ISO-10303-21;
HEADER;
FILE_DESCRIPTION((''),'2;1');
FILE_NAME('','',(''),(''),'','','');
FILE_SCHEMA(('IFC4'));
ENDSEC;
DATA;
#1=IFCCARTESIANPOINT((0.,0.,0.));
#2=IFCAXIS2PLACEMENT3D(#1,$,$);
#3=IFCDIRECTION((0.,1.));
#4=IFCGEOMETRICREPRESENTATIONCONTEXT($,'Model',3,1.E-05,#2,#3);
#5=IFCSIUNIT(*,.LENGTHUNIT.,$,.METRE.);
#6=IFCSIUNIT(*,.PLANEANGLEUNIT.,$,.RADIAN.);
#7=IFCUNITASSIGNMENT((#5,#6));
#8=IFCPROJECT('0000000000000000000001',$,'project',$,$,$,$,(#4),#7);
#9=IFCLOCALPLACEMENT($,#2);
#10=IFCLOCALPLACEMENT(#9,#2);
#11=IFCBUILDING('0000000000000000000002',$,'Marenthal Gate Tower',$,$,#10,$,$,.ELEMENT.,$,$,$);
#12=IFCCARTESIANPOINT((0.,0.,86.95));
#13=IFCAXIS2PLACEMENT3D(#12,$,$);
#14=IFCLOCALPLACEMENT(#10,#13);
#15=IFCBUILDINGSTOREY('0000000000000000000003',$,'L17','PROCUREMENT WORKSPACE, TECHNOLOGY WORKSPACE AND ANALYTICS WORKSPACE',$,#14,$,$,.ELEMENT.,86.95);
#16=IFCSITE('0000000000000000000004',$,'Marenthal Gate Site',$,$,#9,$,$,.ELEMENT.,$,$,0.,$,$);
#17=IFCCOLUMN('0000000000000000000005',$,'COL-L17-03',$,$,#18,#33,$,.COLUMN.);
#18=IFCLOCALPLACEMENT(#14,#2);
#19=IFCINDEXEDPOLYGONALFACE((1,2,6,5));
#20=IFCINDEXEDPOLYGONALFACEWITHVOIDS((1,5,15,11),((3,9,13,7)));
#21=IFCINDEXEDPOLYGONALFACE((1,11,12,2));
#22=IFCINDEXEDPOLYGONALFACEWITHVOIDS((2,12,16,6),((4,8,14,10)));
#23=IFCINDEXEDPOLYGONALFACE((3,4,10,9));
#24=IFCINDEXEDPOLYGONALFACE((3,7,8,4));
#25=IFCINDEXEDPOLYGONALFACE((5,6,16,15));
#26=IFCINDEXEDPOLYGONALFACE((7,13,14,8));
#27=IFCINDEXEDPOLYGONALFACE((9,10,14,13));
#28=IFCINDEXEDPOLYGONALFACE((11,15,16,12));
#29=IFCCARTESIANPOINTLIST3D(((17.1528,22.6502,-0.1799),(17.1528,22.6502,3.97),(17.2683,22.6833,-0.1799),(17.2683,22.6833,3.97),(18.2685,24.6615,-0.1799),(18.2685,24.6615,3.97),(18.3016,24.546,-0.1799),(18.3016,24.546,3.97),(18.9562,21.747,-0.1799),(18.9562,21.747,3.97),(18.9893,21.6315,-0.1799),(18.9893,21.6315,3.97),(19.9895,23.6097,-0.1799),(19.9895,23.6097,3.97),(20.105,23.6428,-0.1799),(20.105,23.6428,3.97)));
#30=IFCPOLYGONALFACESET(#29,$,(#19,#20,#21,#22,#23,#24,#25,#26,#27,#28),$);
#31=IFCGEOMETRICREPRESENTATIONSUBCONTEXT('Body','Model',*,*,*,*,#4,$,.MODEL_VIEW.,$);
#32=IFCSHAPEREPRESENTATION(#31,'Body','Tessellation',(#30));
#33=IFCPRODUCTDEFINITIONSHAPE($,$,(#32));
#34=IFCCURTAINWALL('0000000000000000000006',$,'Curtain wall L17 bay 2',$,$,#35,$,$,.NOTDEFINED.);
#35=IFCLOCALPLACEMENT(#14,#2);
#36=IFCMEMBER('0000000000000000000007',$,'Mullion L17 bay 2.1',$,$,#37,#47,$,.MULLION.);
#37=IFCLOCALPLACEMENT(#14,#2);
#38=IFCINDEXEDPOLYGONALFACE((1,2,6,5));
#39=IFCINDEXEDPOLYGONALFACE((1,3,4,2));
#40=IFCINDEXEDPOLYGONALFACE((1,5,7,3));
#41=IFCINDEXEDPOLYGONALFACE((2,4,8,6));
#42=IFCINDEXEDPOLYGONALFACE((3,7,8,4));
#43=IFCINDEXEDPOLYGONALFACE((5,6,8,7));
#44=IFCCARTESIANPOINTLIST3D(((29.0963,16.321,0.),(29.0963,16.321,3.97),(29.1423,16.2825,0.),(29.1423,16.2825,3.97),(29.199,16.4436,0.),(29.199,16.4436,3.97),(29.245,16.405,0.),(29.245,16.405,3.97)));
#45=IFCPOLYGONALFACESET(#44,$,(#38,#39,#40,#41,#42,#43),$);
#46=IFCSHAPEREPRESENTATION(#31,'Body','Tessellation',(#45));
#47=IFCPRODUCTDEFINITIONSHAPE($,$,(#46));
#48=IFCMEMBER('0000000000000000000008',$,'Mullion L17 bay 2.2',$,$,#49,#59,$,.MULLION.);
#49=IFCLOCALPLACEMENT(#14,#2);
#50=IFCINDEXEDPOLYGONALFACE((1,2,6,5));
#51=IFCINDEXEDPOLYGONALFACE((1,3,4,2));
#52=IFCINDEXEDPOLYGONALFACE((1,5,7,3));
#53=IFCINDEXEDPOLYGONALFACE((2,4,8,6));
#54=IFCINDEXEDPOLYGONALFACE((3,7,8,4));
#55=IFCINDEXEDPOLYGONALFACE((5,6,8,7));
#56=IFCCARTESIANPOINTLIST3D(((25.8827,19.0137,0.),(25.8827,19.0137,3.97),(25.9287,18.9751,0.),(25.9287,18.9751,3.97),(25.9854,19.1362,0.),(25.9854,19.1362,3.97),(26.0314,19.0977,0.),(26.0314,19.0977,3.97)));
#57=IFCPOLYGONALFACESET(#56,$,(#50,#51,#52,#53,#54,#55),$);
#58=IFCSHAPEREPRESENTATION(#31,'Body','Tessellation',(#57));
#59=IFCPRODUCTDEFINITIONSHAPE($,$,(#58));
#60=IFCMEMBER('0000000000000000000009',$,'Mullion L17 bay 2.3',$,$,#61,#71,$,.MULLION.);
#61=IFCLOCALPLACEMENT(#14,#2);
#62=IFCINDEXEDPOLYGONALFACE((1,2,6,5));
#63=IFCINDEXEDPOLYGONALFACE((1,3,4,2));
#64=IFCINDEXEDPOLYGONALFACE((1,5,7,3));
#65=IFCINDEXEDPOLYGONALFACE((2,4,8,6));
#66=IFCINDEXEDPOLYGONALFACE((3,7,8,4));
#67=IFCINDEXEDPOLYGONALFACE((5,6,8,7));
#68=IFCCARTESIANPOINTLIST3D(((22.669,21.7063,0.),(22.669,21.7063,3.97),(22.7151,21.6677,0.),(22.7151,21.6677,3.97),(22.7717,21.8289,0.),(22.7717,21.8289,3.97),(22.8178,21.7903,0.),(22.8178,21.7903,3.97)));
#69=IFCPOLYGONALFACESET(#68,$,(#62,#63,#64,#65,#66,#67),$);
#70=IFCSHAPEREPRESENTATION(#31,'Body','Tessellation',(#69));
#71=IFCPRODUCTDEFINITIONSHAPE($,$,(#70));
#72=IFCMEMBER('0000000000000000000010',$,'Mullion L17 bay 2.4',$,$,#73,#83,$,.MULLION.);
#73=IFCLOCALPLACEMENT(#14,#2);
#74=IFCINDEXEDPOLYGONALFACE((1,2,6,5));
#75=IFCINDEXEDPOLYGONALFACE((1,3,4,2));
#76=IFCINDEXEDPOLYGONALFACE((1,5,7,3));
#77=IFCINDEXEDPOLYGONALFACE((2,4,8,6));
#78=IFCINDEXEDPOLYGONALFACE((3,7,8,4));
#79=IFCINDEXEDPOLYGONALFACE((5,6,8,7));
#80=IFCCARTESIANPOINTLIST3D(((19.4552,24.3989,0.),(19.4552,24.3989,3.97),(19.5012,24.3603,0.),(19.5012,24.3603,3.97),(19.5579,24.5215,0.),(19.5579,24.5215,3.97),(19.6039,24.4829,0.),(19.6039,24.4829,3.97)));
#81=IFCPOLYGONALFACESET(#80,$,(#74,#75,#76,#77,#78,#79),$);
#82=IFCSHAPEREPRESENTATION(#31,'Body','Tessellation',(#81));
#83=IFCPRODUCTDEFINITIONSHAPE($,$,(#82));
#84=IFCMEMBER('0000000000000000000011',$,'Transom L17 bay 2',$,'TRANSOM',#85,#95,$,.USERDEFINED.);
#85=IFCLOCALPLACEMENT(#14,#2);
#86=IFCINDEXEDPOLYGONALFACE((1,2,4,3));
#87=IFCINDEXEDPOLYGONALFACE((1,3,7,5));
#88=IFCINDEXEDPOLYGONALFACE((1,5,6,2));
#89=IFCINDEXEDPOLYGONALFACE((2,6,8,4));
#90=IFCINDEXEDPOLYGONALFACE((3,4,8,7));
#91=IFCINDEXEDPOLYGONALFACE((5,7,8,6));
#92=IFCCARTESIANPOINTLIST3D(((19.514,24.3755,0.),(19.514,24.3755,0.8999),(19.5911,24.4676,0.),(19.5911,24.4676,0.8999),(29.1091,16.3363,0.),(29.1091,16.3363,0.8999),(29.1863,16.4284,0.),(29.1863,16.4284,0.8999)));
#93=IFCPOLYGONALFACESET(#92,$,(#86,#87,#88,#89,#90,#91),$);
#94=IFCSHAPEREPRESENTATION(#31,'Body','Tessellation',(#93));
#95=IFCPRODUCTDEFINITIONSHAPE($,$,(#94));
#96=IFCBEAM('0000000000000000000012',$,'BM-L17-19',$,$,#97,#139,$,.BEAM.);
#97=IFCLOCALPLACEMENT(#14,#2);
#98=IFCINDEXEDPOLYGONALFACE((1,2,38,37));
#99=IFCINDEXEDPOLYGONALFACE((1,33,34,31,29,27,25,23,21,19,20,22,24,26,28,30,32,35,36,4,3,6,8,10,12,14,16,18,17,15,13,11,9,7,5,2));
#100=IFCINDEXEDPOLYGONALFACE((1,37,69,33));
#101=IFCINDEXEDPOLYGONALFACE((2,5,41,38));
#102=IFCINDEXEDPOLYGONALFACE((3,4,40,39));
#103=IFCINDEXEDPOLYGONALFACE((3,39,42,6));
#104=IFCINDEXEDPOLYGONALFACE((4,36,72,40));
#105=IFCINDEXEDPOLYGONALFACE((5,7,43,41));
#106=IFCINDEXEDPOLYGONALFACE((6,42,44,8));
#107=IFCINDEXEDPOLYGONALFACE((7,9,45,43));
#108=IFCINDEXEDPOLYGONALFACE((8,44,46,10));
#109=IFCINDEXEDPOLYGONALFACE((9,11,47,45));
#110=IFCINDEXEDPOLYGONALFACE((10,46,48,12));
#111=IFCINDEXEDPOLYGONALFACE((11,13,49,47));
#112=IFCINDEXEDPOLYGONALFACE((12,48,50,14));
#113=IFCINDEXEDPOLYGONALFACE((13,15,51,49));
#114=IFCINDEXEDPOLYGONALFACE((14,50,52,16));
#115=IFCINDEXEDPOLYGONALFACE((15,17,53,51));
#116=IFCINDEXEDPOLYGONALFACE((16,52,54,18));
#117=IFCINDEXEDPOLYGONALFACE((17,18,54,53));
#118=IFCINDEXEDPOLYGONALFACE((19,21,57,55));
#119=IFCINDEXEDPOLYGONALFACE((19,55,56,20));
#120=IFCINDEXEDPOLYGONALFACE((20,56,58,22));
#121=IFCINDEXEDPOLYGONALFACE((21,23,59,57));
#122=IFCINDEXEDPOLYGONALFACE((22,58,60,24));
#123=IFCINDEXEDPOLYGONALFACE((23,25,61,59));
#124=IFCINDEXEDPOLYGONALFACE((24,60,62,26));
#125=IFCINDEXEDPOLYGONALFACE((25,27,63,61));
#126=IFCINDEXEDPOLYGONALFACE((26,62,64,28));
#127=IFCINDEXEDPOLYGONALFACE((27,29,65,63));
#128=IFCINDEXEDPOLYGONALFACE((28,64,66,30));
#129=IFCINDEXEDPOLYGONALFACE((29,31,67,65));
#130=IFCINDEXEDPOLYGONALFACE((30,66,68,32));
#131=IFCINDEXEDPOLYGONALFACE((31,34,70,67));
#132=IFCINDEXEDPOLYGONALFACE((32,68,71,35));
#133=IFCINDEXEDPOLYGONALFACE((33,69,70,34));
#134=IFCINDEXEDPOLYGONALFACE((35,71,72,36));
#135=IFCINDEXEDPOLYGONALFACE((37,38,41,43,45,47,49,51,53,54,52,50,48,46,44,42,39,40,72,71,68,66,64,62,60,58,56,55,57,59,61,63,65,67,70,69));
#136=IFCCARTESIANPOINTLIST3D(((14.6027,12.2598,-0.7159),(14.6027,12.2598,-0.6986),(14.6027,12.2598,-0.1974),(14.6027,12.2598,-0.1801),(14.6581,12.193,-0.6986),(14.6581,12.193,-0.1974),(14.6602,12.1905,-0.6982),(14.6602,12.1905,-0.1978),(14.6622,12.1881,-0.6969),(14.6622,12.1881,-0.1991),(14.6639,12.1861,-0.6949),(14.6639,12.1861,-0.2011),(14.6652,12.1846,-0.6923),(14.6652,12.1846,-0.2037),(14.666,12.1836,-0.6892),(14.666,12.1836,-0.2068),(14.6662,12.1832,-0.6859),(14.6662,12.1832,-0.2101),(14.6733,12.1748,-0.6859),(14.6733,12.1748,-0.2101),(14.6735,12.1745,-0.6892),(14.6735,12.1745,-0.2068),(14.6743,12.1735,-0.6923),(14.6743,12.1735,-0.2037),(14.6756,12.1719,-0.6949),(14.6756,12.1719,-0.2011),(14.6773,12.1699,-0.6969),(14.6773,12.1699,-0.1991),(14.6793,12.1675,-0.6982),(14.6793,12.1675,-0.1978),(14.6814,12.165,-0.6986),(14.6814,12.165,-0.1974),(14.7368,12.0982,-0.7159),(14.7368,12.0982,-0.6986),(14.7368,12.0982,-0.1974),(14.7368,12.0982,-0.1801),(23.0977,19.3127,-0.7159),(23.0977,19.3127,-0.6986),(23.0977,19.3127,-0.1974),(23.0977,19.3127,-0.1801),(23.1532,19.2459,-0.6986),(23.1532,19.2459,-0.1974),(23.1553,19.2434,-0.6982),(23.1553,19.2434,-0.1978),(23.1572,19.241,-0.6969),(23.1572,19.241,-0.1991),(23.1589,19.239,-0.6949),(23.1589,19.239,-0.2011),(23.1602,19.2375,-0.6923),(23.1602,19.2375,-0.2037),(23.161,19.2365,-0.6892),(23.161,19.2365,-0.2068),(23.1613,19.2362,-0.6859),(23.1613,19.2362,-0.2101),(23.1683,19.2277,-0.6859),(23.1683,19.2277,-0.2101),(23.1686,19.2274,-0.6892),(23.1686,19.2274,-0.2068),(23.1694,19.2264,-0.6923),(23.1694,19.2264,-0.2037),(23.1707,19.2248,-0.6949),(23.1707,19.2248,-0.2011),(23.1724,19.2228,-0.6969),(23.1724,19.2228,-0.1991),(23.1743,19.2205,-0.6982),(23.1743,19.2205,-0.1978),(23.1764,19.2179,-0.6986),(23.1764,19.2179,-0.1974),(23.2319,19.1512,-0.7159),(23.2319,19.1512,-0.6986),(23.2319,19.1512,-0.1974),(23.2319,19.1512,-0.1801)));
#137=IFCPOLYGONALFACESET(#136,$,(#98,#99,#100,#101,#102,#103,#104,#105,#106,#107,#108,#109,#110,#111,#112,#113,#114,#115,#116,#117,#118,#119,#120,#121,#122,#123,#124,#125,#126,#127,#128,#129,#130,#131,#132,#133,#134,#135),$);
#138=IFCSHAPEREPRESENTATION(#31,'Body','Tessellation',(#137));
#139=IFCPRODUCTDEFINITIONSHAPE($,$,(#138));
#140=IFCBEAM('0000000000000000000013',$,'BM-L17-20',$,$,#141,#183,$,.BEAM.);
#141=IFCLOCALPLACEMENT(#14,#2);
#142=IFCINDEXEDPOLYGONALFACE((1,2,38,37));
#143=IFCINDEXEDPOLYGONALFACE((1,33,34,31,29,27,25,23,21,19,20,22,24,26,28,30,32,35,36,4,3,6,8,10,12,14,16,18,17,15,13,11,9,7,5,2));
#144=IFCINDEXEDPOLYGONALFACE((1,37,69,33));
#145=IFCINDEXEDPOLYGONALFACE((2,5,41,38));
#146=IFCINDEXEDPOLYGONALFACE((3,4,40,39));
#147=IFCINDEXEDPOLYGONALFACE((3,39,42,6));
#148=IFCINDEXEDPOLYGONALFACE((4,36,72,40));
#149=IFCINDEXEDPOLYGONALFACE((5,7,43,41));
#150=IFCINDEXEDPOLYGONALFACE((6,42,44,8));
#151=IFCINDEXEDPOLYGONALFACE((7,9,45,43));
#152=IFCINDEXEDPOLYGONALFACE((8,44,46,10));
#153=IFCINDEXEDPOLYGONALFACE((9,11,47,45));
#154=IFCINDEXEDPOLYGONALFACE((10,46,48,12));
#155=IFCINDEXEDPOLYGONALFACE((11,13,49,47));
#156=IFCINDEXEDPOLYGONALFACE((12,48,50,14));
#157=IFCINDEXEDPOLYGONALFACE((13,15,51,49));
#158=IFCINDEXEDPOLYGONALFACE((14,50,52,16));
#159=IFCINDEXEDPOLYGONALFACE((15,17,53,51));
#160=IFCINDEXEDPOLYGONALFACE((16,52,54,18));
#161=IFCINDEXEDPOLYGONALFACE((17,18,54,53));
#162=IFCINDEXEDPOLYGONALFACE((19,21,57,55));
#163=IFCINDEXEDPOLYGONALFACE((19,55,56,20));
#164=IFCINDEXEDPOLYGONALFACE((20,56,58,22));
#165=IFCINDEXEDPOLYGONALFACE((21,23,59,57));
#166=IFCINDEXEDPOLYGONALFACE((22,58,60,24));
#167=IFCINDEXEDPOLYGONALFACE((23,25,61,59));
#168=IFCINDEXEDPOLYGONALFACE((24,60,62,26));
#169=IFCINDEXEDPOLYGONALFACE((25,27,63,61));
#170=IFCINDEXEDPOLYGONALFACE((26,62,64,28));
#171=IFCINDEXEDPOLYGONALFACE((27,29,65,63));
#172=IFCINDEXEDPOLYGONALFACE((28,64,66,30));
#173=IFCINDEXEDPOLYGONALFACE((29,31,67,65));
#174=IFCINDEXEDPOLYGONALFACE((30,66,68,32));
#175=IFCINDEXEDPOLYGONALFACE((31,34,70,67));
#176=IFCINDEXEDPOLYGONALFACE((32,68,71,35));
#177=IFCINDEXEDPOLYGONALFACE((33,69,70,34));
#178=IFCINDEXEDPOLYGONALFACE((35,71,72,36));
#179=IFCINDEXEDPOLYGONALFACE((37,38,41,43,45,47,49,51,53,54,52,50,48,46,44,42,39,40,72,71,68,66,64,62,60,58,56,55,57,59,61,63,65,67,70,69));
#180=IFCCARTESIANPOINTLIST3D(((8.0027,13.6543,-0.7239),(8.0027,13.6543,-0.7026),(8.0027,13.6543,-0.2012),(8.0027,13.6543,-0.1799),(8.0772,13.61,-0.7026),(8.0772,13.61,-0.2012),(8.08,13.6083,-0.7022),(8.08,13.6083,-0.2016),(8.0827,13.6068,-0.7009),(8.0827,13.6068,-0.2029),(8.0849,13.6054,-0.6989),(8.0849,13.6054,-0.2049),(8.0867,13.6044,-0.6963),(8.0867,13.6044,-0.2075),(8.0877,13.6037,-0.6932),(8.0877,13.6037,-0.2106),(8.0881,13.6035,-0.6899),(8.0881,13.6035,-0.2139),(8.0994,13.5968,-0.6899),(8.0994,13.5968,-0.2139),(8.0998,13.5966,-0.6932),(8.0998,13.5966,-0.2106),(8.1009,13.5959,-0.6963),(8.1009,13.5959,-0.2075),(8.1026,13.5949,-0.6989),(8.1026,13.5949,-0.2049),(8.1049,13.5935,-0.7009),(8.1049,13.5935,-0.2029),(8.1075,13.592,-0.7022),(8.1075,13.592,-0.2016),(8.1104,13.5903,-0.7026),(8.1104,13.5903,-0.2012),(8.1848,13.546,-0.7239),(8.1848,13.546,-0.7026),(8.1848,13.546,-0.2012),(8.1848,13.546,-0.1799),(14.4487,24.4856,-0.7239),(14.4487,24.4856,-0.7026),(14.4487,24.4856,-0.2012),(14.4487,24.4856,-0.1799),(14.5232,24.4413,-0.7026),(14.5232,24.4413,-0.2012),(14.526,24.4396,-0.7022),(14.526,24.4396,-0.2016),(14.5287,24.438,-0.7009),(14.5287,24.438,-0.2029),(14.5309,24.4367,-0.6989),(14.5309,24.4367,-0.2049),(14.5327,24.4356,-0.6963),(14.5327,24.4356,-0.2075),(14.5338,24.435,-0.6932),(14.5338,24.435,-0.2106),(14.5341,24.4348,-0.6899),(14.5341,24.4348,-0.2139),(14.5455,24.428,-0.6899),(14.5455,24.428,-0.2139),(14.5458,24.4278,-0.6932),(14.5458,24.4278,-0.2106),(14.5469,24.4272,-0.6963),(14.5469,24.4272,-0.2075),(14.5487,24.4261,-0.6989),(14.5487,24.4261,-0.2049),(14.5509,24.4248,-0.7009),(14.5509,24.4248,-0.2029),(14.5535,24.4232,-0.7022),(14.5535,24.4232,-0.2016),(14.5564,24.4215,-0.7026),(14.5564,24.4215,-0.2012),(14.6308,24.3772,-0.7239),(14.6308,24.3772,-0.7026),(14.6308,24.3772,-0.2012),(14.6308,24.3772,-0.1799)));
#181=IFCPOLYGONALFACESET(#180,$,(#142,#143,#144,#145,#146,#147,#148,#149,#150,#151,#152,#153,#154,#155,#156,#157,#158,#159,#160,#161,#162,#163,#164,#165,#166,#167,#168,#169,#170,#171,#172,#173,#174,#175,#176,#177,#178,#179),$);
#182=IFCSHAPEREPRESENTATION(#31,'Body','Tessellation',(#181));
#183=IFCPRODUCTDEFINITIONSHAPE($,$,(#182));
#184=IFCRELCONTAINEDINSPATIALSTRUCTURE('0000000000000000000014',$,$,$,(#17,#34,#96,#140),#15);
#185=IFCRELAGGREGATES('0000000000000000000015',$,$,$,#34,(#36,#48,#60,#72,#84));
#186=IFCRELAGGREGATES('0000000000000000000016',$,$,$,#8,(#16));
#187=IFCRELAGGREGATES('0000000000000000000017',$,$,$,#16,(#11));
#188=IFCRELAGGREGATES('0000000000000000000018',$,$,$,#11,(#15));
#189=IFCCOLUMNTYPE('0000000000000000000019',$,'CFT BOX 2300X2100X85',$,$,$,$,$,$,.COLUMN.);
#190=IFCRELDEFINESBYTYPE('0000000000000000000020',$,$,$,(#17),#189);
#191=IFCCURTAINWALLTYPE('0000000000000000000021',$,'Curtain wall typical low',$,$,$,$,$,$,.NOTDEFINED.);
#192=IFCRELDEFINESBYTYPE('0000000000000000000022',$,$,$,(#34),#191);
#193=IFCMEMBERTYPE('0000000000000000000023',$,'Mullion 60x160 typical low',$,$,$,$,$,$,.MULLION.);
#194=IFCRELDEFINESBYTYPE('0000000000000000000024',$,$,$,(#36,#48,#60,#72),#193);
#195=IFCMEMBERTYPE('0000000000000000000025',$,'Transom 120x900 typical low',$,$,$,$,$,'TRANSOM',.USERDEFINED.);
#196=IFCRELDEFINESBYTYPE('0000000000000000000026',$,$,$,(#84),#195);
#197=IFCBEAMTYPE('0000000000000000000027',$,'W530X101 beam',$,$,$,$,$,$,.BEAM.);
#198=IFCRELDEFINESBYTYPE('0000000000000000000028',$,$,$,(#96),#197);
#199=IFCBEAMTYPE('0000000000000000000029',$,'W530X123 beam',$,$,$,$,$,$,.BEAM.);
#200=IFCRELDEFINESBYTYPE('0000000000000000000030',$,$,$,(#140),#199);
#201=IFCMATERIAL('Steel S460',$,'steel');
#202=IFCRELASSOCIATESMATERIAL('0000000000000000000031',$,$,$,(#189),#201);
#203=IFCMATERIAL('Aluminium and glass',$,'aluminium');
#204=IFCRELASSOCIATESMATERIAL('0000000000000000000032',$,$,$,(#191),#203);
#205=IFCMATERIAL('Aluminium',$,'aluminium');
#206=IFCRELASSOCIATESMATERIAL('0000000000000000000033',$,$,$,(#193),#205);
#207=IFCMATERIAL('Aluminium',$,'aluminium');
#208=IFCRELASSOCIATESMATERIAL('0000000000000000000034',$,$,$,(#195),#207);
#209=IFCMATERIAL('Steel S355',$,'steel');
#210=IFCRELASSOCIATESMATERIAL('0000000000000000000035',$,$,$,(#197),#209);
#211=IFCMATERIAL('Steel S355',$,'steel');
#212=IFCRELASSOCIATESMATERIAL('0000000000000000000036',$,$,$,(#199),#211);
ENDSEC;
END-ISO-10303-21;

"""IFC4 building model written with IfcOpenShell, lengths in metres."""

from ifc_helpers import new_model, si_unit, direction, frame, origin, origin_2d, place, context, subcontext, project, spatial, rectangle, hollow_rectangle, i_section, extrude, material, material_profile, profile_set, type_object, element, aggregate, save


model = new_model("IFC4")

# Units and contexts
model_context = context("Model", 3, precision=1e-05, world=origin(), true_north=direction((0.0, 1.0)))
body_context = subcontext(model_context, "Body", "Model", "MODEL_VIEW")
ifc_project = project(units=[si_unit("LENGTHUNIT", "METRE"), si_unit("PLANEANGLEUNIT", "RADIAN")], contexts=[model_context])

# Site, building, storey
site_placement = place(None, origin())
site = spatial("IfcSite", under=ifc_project, at=site_placement, Name="Marenthal Gate Site", CompositionType="ELEMENT", RefElevation=0.0)
building_placement = place(site_placement, origin())
building = spatial("IfcBuilding", under=site, at=building_placement, Name="Marenthal Gate Tower", CompositionType="ELEMENT")
storey_placement = place(building_placement, frame((0.0, 0.0, 86.95)))
storey = spatial("IfcBuildingStorey", under=building, at=storey_placement, Name="L17", Description="PROCUREMENT WORKSPACE, TECHNOLOGY WORKSPACE AND ANALYTICS WORKSPACE", CompositionType="ELEMENT", Elevation=86.95)

# Column
ifc_material_1 = material(Name="Steel S460", Category="steel")
ifc_material_profile_1 = material_profile(ifc_material_1, hollow_rectangle(XDim=2.1001, YDim=2.3, WallThickness=0.085, at=origin_2d()), Name="CFT BOX 2300X2100X85")
ifc_material_2 = material(Name="Concrete 70 MPa", Category="concrete")
ifc_material_profile_2 = material_profile(ifc_material_2, rectangle(XDim=1.9299, YDim=2.1299, at=origin_2d()), Name="CFT BOX 2300X2100X85 INFILL")
ifc_profile_set_1 = profile_set([ifc_material_profile_1, ifc_material_profile_2], Name="Steel S460 shell, Concrete 70 MPa infill")
column_type = type_object("IfcColumnType", Name="CFT BOX 2300X2100X85", PredefinedType="COLUMN", material=ifc_profile_set_1)
column_placement = place(storey_placement, frame((18.6289, 23.1465, -0.1799), z_axis=(0.0, 0.0, 1.0), x_axis=(0.874462, -0.485094, 0.0)))
element("IfcColumn", 1, at=column_placement, inside=storey, type_object=column_type, Name="COL-L17-03", PredefinedType="COLUMN", context=body_context, shape_type="SweptSolid", body=[
    extrude(hollow_rectangle(XDim=2.1001, YDim=2.3, WallThickness=0.085, at=origin_2d()), origin(), (0.0, 0.0, 1.0), 4.1499),
])

# Curtain wall, members
ifc_material_3 = material(Name="Aluminium and glass", Category="aluminium")
curtain_wall_type = type_object("IfcCurtainWallType", Name="Curtain wall typical low", PredefinedType="NOTDEFINED", material=ifc_material_3)
curtain_wall_placement = place(storey_placement, origin())
curtain_wall = element("IfcCurtainWall", 2, at=curtain_wall_placement, inside=storey, type_object=curtain_wall_type, Name="Curtain wall L17 bay 2", PredefinedType="NOTDEFINED")
ifc_material_4 = material(Name="Aluminium", Category="aluminium")
ifc_material_profile_3 = material_profile(ifc_material_4, rectangle(XDim=0.1599, YDim=0.0601, at=origin_2d()), Name="60x160 aluminium mullion")
ifc_profile_set_2 = profile_set([ifc_material_profile_3], Name="Aluminium")
member_type_1 = type_object("IfcMemberType", Name="Mullion 60x160 typical low", PredefinedType="MULLION", material=ifc_profile_set_2)
member_1_placement = place(storey_placement, frame((29.1707, 16.363, 0.0), z_axis=(0.0, 0.0, 1.0), x_axis=(-0.642228, -0.766513, 0.0)))
member_1 = element("IfcMember", 3, at=member_1_placement, type_object=member_type_1, Name="Mullion L17 bay 2.1", PredefinedType="MULLION", context=body_context, shape_type="SweptSolid", body=[
    extrude(rectangle(XDim=0.1599, YDim=0.0601, at=origin_2d()), origin(), (0.0, 0.0, 1.0), 3.97),
])
member_2_placement = place(storey_placement, frame((25.957, 19.0557, 0.0), z_axis=(0.0, 0.0, 1.0), x_axis=(-0.642228, -0.766513, 0.0)))
member_2 = element("IfcMember", 4, at=member_2_placement, type_object=member_type_1, Name="Mullion L17 bay 2.2", PredefinedType="MULLION", context=body_context, shape_type="SweptSolid", body=[
    extrude(rectangle(XDim=0.1599, YDim=0.0601, at=origin_2d()), origin(), (0.0, 0.0, 1.0), 3.97),
])
member_3_placement = place(storey_placement, frame((22.7434, 21.7483, 0.0), z_axis=(0.0, 0.0, 1.0), x_axis=(-0.642228, -0.766513, 0.0)))
member_3 = element("IfcMember", 5, at=member_3_placement, type_object=member_type_1, Name="Mullion L17 bay 2.3", PredefinedType="MULLION", context=body_context, shape_type="SweptSolid", body=[
    extrude(rectangle(XDim=0.1599, YDim=0.0601, at=origin_2d()), origin(), (0.0, 0.0, 1.0), 3.97),
])
member_4_placement = place(storey_placement, frame((19.5295, 24.4409, 0.0), z_axis=(0.0, 0.0, 1.0), x_axis=(-0.642228, -0.766513, 0.0)))
member_4 = element("IfcMember", 6, at=member_4_placement, type_object=member_type_1, Name="Mullion L17 bay 2.4", PredefinedType="MULLION", context=body_context, shape_type="SweptSolid", body=[
    extrude(rectangle(XDim=0.1599, YDim=0.0601, at=origin_2d()), origin(), (0.0, 0.0, 1.0), 3.97),
])
ifc_material_5 = material(Name="Aluminium", Category="aluminium")
ifc_material_profile_4 = material_profile(ifc_material_5, rectangle(XDim=0.1201, YDim=0.8999, at=origin_2d()), Name="120x900 aluminium transom")
ifc_profile_set_3 = profile_set([ifc_material_profile_4], Name="Aluminium")
member_type_2 = type_object("IfcMemberType", Name="Transom 120x900 typical low", ElementType="TRANSOM", PredefinedType="USERDEFINED", material=ifc_profile_set_3)
member_5_placement = place(storey_placement, frame((29.1477, 16.3823, 0.45), z_axis=(-0.766518, 0.642223, 0.0), x_axis=(-0.642223, -0.766518, 0.0)))
member_5 = element("IfcMember", 7, at=member_5_placement, type_object=member_type_2, Name="Transom L17 bay 2", ObjectType="TRANSOM", PredefinedType="USERDEFINED", context=body_context, shape_type="SweptSolid", body=[
    extrude(rectangle(XDim=0.1201, YDim=0.8999, at=origin_2d()), origin(), (0.0, 0.0, 1.0), 12.5178),
])

# Beams
ifc_material_6 = material(Name="Steel S355", Category="steel")
ifc_material_profile_5 = material_profile(ifc_material_6, i_section(OverallWidth=0.21, OverallDepth=0.5359, WebThickness=0.011, FlangeThickness=0.0173, FilletRadius=0.0127, at=origin_2d()), Name="W530X101")
ifc_profile_set_4 = profile_set([ifc_material_profile_5], Name="Steel S355")
beam_type_1 = type_object("IfcBeamType", Name="W530X101 beam", PredefinedType="BEAM", material=ifc_profile_set_4)
beam_1_placement = place(storey_placement, frame((23.1648, 19.2319, -0.448), z_axis=(-0.769391, -0.638778, 0.0), x_axis=(0.638778, -0.769391, 0.0)))
element("IfcBeam", 8, at=beam_1_placement, inside=storey, type_object=beam_type_1, Name="BM-L17-19", PredefinedType="BEAM", context=body_context, shape_type="SweptSolid", body=[
    extrude(i_section(OverallWidth=0.21, OverallDepth=0.5359, WebThickness=0.011, FlangeThickness=0.0173, FilletRadius=0.0127, at=origin_2d()), origin(), (0.0, 0.0, 1.0), 11.0413),
])
ifc_material_7 = material(Name="Steel S355", Category="steel")
ifc_material_profile_6 = material_profile(ifc_material_7, i_section(OverallWidth=0.2119, OverallDepth=0.5439, WebThickness=0.0132, FlangeThickness=0.0212, FilletRadius=0.0127, at=origin_2d()), Name="W530X123")
ifc_profile_set_5 = profile_set([ifc_material_profile_6], Name="Steel S355")
beam_type_2 = type_object("IfcBeamType", Name="W530X123 beam", PredefinedType="BEAM", material=ifc_profile_set_5)
beam_2_placement = place(storey_placement, frame((14.5398, 24.4314, -0.4519), z_axis=(-0.511416, -0.859333, 0.0), x_axis=(0.859333, -0.511416, 0.0)))
element("IfcBeam", 9, at=beam_2_placement, inside=storey, type_object=beam_type_2, Name="BM-L17-20", PredefinedType="BEAM", context=body_context, shape_type="SweptSolid", body=[
    extrude(i_section(OverallWidth=0.2119, OverallDepth=0.5439, WebThickness=0.0132, FlangeThickness=0.0212, FilletRadius=0.0127, at=origin_2d()), origin(), (0.0, 0.0, 1.0), 12.6042),
])

aggregate(curtain_wall, [member_1, member_2, member_3, member_4, member_5])

save(model, "model.ifc")
